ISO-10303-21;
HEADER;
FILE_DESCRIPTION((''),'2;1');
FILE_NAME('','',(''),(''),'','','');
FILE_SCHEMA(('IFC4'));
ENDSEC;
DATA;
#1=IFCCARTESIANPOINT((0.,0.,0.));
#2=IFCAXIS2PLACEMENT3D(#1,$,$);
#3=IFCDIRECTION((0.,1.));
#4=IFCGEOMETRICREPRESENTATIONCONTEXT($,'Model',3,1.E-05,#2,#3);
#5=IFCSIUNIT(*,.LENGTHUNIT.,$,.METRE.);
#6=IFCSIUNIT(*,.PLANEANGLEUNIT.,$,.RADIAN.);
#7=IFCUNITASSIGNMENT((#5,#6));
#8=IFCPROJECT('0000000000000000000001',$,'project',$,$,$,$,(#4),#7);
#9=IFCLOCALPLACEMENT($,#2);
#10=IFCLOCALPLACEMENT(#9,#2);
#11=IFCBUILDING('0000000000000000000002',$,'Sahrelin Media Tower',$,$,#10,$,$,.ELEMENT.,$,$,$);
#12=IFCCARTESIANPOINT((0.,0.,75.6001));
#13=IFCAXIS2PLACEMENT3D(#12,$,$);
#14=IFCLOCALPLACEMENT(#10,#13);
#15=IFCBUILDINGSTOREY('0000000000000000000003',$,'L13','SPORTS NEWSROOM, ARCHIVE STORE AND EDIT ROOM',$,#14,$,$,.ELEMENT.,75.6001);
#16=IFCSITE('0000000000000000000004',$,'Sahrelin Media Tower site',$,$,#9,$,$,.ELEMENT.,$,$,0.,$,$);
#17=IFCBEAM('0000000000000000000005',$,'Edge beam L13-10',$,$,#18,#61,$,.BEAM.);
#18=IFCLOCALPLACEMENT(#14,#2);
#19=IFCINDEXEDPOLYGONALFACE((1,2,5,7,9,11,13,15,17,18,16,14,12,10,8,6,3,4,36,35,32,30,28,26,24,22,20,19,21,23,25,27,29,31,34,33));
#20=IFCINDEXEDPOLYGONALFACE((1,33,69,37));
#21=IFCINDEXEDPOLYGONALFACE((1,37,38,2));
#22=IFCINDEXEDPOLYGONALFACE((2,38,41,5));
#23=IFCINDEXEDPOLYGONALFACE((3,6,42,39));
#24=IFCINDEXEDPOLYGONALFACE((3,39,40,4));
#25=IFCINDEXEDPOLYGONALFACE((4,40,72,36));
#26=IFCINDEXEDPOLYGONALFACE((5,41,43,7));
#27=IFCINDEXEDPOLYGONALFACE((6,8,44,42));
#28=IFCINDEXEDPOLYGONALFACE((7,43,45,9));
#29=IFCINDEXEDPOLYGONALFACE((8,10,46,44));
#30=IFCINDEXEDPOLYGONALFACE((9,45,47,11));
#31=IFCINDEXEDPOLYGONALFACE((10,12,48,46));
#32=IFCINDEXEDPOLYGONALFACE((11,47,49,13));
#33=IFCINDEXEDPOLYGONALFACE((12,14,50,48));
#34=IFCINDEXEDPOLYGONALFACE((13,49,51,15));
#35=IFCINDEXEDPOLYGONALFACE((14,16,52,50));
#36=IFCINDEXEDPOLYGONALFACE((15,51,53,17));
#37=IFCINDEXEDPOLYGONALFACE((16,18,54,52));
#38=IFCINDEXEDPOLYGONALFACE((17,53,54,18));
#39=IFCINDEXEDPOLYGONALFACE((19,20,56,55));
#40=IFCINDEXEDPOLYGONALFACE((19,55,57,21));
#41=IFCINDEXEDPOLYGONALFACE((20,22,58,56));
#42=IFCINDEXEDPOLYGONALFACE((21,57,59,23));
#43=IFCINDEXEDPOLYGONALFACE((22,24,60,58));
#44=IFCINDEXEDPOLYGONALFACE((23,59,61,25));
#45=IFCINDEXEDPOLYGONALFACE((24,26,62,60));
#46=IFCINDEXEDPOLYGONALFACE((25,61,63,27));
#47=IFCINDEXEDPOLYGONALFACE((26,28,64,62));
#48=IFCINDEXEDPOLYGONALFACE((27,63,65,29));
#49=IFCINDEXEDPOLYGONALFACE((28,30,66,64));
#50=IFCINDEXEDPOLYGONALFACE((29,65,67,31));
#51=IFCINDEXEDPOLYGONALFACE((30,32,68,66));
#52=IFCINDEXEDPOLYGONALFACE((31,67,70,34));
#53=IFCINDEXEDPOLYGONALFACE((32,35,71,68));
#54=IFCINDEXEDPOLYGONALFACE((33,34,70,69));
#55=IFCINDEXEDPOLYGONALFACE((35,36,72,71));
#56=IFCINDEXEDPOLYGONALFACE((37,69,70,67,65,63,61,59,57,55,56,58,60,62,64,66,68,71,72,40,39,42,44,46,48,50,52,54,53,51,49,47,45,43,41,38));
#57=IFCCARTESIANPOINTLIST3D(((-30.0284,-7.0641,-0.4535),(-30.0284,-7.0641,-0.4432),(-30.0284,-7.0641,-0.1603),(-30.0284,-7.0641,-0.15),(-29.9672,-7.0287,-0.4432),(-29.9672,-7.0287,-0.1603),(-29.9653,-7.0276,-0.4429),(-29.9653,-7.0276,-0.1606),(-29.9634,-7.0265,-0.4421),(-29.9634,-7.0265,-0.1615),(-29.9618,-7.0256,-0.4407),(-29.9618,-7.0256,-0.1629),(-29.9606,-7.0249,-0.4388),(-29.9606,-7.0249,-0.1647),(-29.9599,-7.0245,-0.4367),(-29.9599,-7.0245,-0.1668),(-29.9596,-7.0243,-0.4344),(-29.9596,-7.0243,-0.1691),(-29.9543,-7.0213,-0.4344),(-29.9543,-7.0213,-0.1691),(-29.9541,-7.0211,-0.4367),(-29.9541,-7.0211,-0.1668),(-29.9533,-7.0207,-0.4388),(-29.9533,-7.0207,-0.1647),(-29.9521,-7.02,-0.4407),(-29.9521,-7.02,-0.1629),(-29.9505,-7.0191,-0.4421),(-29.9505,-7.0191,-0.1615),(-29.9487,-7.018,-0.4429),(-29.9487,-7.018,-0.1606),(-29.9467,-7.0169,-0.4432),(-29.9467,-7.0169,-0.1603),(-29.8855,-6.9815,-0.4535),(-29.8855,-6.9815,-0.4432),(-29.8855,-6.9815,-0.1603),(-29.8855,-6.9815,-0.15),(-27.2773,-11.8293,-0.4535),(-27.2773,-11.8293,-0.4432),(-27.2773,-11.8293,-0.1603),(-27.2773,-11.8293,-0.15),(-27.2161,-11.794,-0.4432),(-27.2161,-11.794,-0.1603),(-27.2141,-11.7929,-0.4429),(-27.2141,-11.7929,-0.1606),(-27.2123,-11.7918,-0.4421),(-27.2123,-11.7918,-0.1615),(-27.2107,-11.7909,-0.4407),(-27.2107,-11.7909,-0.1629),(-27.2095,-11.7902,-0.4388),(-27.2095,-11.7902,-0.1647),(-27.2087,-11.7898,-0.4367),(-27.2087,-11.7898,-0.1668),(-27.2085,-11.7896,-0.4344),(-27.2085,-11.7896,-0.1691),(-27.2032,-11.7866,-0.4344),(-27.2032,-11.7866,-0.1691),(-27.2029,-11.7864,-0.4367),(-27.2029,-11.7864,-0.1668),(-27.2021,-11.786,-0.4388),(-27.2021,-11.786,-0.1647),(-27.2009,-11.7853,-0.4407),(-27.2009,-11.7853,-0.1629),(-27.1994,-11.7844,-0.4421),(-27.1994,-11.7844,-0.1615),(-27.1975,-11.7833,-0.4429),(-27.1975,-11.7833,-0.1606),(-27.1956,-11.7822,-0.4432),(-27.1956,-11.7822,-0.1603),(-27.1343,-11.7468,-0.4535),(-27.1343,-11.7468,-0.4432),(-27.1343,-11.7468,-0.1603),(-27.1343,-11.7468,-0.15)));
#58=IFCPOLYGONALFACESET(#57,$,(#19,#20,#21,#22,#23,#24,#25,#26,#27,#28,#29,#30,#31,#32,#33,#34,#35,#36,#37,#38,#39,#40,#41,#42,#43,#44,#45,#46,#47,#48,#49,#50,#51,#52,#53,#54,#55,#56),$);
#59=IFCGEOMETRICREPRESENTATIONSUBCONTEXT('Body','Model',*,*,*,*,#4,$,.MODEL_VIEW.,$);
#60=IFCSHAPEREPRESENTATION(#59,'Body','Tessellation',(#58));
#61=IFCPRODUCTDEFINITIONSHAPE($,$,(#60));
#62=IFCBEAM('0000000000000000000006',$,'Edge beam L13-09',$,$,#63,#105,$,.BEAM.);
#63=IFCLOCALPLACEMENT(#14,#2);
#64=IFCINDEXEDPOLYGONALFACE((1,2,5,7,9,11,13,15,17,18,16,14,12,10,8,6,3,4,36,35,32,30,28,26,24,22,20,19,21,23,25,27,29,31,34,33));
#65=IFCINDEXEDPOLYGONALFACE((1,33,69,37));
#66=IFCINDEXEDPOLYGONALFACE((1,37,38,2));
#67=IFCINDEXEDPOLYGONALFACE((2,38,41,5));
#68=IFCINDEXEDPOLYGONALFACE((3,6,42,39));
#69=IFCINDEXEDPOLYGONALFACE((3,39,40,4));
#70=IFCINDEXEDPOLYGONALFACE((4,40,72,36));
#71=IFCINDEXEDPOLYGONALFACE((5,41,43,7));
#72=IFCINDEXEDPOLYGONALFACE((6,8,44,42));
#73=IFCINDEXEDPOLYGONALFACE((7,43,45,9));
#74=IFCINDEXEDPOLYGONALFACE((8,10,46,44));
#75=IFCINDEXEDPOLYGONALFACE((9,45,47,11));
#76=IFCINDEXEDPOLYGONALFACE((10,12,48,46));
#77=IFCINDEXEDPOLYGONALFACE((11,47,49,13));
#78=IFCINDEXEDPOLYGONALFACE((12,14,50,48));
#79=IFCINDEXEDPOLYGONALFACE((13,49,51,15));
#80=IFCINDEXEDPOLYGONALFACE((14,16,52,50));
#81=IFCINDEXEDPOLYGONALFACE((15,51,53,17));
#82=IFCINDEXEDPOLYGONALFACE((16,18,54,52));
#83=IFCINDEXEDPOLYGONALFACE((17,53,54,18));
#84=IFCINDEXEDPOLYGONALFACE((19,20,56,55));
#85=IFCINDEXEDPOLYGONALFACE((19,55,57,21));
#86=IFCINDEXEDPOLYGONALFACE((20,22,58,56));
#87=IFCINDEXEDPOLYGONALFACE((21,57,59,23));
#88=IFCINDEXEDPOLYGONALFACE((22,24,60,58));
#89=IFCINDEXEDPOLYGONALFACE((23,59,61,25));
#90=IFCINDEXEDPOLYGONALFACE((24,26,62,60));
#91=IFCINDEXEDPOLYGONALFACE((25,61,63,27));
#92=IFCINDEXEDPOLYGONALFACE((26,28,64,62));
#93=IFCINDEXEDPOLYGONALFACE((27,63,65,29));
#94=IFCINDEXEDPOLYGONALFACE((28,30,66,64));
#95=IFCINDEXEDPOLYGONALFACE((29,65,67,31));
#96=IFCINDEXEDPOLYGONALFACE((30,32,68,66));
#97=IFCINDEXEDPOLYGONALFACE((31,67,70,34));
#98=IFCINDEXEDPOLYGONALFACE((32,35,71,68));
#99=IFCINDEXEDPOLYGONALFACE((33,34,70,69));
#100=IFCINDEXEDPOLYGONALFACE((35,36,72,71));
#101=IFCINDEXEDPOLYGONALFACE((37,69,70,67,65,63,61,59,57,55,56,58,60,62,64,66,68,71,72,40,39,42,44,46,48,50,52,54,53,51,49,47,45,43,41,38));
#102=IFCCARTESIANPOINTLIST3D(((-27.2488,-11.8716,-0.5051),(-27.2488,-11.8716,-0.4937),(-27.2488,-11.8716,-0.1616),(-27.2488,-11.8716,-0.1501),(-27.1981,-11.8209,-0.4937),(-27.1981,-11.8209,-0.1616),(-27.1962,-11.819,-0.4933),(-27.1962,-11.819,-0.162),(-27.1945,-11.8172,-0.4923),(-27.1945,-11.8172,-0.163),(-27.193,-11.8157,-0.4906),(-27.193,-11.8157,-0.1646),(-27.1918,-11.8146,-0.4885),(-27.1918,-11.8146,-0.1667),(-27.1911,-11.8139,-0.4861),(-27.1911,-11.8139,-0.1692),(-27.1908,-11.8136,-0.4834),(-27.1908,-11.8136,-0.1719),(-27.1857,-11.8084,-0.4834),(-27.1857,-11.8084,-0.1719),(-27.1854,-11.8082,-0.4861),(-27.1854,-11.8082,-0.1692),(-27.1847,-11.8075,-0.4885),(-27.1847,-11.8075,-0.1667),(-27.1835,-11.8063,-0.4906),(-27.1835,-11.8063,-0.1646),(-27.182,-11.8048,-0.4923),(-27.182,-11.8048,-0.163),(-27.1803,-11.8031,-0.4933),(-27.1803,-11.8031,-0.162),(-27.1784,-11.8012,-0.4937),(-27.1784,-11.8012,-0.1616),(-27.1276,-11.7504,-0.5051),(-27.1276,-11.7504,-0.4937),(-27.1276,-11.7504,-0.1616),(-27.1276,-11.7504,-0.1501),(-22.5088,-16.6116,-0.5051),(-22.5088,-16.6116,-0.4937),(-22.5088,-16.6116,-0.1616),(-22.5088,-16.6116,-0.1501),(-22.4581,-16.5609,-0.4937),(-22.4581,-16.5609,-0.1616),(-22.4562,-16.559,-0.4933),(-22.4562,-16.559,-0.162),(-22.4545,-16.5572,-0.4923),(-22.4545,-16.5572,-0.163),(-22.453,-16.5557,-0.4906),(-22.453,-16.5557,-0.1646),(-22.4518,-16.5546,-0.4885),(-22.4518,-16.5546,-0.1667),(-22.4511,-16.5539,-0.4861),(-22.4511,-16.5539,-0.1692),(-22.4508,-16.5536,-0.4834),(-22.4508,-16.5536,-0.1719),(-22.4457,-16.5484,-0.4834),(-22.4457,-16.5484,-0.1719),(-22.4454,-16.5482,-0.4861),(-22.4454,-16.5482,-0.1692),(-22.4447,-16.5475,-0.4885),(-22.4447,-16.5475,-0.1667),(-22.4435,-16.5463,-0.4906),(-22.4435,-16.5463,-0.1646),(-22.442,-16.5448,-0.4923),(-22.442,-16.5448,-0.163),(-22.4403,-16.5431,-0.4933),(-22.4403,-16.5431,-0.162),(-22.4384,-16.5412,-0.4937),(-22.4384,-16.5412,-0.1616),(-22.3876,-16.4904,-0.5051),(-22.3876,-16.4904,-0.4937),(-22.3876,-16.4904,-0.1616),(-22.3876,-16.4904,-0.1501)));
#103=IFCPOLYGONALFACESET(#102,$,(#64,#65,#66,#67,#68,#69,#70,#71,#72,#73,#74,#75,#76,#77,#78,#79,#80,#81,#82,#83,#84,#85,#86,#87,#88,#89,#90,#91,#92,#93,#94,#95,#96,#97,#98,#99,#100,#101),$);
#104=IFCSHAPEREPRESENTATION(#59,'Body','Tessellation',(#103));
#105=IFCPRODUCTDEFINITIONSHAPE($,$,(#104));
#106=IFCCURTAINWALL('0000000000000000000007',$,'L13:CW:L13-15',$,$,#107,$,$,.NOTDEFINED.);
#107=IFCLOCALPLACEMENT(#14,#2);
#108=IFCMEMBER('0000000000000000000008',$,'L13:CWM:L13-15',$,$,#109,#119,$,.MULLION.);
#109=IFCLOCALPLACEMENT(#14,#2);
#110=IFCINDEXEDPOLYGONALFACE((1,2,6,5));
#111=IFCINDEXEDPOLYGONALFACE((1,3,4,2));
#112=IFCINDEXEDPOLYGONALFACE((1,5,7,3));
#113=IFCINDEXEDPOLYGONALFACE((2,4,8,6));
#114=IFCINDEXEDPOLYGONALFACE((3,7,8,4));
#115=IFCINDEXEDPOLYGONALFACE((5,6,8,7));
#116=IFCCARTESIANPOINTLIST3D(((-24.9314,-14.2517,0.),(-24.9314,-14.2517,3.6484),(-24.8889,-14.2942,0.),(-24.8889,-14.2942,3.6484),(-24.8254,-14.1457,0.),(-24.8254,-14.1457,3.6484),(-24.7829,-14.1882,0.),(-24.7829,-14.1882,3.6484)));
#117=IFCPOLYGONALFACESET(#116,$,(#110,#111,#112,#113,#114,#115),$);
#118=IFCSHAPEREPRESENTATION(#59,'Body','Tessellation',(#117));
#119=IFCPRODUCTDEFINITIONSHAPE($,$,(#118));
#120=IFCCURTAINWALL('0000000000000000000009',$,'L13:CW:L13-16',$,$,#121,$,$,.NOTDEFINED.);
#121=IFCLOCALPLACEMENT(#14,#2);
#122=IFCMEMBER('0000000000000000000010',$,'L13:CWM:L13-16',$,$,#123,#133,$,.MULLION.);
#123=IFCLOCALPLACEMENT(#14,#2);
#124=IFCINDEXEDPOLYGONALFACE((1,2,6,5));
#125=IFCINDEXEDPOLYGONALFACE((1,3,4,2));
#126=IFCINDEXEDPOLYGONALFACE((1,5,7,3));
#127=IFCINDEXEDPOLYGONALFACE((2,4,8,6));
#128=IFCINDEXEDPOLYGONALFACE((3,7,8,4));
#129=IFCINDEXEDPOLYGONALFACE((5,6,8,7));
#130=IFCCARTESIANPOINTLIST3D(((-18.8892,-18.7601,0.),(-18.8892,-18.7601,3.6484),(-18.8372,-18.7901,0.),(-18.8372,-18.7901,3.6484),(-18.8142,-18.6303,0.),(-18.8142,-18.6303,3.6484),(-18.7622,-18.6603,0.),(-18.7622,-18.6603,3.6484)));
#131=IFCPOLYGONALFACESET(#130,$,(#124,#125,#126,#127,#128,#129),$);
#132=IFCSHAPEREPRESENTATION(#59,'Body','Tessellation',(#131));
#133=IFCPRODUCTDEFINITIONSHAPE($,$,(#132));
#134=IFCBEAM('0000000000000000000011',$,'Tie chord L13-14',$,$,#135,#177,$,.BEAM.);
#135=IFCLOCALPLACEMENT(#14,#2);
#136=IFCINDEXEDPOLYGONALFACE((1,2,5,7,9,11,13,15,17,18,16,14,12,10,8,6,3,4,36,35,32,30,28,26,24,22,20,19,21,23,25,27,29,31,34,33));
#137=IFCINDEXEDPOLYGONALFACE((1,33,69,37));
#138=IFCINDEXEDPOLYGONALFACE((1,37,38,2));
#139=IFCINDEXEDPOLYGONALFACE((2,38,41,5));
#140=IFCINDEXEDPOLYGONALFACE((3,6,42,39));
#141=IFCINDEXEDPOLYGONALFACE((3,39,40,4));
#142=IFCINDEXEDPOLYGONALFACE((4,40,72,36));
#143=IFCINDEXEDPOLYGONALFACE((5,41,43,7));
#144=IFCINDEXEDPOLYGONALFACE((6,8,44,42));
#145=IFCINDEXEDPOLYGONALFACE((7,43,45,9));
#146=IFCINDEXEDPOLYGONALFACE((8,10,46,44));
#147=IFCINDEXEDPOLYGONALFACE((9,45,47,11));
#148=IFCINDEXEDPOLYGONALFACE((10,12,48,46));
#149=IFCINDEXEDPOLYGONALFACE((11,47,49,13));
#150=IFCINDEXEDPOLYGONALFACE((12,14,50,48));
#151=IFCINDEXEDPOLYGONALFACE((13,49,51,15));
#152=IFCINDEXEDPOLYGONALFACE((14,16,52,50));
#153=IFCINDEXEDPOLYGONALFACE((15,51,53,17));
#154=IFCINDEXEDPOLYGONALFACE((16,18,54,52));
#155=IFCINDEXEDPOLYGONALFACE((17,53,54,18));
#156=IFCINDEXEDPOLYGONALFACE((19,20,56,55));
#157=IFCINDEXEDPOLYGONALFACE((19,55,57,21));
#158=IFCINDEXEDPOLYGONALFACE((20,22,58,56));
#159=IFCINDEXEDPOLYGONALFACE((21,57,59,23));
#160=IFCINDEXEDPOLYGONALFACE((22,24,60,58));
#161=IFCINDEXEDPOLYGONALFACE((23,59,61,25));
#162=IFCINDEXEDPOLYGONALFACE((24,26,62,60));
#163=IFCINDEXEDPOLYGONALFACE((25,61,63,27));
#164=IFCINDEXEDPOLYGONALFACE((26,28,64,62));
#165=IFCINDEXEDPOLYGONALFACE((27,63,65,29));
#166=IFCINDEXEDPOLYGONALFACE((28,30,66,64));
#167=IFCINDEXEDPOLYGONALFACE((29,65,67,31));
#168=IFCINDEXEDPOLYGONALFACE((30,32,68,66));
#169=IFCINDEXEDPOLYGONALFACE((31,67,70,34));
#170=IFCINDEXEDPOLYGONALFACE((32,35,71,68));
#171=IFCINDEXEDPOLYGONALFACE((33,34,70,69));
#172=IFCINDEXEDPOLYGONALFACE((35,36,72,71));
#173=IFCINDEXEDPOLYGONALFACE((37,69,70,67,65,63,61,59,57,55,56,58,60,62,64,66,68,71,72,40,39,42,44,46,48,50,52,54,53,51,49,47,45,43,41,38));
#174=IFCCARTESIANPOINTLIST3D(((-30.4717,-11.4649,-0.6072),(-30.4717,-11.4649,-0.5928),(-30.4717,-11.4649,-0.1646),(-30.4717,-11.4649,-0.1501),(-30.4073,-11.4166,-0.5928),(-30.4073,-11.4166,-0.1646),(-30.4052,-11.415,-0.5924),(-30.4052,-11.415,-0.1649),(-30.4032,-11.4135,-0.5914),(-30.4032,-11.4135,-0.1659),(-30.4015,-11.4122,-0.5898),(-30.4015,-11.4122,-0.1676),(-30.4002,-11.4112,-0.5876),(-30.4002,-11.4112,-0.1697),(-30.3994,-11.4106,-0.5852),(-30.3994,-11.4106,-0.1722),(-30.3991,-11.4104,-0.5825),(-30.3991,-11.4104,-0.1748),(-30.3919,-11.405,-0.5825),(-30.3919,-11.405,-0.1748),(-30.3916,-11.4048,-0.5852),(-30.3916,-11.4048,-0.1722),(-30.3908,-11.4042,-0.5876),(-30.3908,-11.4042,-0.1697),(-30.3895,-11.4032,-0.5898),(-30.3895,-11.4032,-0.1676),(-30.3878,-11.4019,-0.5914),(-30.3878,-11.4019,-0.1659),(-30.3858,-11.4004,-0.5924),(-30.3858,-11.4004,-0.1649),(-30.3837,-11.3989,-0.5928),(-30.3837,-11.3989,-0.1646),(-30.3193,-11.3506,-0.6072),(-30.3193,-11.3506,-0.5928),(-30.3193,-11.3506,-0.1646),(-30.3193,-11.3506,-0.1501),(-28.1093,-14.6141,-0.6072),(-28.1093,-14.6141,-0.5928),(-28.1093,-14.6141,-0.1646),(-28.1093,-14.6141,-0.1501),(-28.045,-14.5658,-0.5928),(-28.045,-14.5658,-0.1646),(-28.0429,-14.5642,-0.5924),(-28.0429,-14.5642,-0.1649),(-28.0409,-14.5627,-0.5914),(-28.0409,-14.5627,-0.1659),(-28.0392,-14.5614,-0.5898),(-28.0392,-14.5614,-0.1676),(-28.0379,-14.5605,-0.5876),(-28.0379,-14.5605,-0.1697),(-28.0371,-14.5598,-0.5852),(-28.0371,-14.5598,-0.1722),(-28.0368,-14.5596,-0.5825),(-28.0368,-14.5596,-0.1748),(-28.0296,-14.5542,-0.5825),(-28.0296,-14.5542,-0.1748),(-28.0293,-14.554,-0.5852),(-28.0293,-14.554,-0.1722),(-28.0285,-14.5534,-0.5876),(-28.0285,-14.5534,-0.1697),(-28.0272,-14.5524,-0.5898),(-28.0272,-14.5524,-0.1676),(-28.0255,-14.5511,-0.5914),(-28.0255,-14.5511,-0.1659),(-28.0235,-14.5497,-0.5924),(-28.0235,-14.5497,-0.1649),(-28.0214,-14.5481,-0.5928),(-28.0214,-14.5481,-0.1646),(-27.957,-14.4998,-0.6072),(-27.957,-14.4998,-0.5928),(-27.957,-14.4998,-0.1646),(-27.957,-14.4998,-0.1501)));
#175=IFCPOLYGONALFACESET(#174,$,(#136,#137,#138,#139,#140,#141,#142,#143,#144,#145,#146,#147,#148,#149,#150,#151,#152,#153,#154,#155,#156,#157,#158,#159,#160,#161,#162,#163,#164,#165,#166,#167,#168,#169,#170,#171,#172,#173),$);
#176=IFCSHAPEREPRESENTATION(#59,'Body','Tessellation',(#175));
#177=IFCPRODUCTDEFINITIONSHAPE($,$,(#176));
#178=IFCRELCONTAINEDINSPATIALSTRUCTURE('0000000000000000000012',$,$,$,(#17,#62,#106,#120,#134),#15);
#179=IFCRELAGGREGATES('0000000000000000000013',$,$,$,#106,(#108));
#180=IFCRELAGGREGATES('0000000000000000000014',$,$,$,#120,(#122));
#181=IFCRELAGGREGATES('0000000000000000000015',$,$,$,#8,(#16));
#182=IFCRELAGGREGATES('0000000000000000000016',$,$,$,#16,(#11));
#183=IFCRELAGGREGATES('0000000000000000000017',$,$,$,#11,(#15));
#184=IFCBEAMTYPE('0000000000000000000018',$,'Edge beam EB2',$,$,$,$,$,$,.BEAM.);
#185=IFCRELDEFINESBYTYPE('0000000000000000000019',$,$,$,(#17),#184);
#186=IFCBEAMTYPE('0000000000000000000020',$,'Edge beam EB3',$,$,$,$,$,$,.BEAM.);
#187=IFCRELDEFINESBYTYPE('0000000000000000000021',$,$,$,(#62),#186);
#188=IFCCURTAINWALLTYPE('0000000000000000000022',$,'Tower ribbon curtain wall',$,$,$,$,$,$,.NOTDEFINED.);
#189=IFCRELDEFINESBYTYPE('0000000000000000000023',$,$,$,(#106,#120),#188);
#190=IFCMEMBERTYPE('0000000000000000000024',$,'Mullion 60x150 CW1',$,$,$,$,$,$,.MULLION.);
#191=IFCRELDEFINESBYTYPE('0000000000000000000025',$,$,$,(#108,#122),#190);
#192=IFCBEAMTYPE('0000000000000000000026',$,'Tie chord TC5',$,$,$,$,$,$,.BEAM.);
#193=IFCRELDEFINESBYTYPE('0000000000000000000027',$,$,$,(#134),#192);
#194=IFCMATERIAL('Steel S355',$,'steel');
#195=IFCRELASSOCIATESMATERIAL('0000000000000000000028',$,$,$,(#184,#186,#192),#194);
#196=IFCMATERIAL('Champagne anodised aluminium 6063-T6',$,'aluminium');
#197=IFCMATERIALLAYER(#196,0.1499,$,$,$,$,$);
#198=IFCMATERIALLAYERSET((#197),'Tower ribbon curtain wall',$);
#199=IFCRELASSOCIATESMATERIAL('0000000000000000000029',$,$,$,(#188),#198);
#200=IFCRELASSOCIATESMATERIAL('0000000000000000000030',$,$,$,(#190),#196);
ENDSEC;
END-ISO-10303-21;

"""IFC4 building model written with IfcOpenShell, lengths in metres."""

from ifc_helpers import new_model, si_unit, direction, frame, origin, origin_2d, place, context, subcontext, project, spatial, rectangle, i_section, extrude, material, layer, layer_set, material_profile, profile_set, type_object, element, aggregate, save


model = new_model("IFC4")

# Units and contexts
model_context = context("Model", 3, precision=1e-05, world=origin(), true_north=direction((0.0, 1.0)))
body_context = subcontext(model_context, "Body", "Model", "MODEL_VIEW")
ifc_project = project(units=[si_unit("LENGTHUNIT", "METRE"), si_unit("PLANEANGLEUNIT", "RADIAN")], contexts=[model_context])

# Site, building, storey
site_placement = place(None, origin())
site = spatial("IfcSite", under=ifc_project, at=site_placement, Name="Sahrelin Media Tower site", CompositionType="ELEMENT", RefElevation=0.0)
building_placement = place(site_placement, origin())
building = spatial("IfcBuilding", under=site, at=building_placement, Name="Sahrelin Media Tower", CompositionType="ELEMENT")
storey_placement = place(building_placement, frame((0.0, 0.0, 75.6001)))
storey = spatial("IfcBuildingStorey", under=building, at=storey_placement, Name="L13", Description="SPORTS NEWSROOM, ARCHIVE STORE AND EDIT ROOM", CompositionType="ELEMENT", Elevation=75.6001)

# Beams
ifc_material_1 = material(Name="Steel S355", Category="steel")
ifc_material_profile_1 = material_profile(ifc_material_1, i_section(OverallWidth=0.165, OverallDepth=0.3035, WebThickness=0.0061, FlangeThickness=0.0103, FilletRadius=0.0088, at=origin_2d()), Name="UB 305x165x40")
ifc_profile_set_1 = profile_set([ifc_material_profile_1], Name="Steel S355")
beam_type_1 = type_object("IfcBeamType", Name="Edge beam EB2", PredefinedType="BEAM", material=ifc_profile_set_1)
beam_1_placement = place(storey_placement, frame((-27.2058, -11.7881, -0.3018), z_axis=(-0.49999, 0.866031, 0.0), x_axis=(-0.866031, -0.49999, 0.0)))
element("IfcBeam", 1, at=beam_1_placement, inside=storey, type_object=beam_type_1, Name="Edge beam L13-10", PredefinedType="BEAM", context=body_context, shape_type="SweptSolid", body=[
    extrude(i_section(OverallWidth=0.165, OverallDepth=0.3035, WebThickness=0.0061, FlangeThickness=0.0103, FilletRadius=0.0088, at=origin_2d()), origin(), (0.0, 0.0, 1.0), 5.5024),
])
ifc_material_profile_2 = material_profile(ifc_material_1, i_section(OverallWidth=0.1714, OverallDepth=0.355, WebThickness=0.0073, FlangeThickness=0.0115, FilletRadius=0.0103, at=origin_2d()), Name="UB 356x171x51")
ifc_profile_set_2 = profile_set([ifc_material_profile_2], Name="Steel S355")
beam_type_2 = type_object("IfcBeamType", Name="Edge beam EB3", PredefinedType="BEAM", material=ifc_profile_set_2)
beam_2_placement = place(storey_placement, frame((-22.4482, -16.551, -0.3276), z_axis=(-0.707107, 0.707107, 0.0), x_axis=(-0.707107, -0.707107, 0.0)))
element("IfcBeam", 2, at=beam_2_placement, inside=storey, type_object=beam_type_2, Name="Edge beam L13-09", PredefinedType="BEAM", context=body_context, shape_type="SweptSolid", body=[
    extrude(i_section(OverallWidth=0.1714, OverallDepth=0.355, WebThickness=0.0073, FlangeThickness=0.0115, FilletRadius=0.0103, at=origin_2d()), origin(), (0.0, 0.0, 1.0), 6.7034),
])

# Curtain walls, members
ifc_material_2 = material(Name="Champagne anodised aluminium 6063-T6", Category="aluminium")
ifc_layer_1 = layer(ifc_material_2, 0.1499)
ifc_layer_set_1 = layer_set([ifc_layer_1], Name="Tower ribbon curtain wall")
curtain_wall_type = type_object("IfcCurtainWallType", Name="Tower ribbon curtain wall", PredefinedType="NOTDEFINED", material=ifc_layer_set_1)
curtain_wall_1_placement = place(storey_placement, frame((-24.9243, -14.2871, 0.0), z_axis=(0.0, 0.0, 1.0), x_axis=(1.0, 0.0, 0.0)))
curtain_wall_1 = element("IfcCurtainWall", 3, at=curtain_wall_1_placement, inside=storey, type_object=curtain_wall_type, Name="L13:CW:L13-15", PredefinedType="NOTDEFINED")
ifc_material_profile_3 = material_profile(ifc_material_2, rectangle(XDim=0.0601, YDim=0.1499, at=origin_2d()), Name="Mullion 60x150")
ifc_profile_set_3 = profile_set([ifc_material_profile_3], Name="Champagne anodised aluminium 6063-T6")
member_type_1 = type_object("IfcMemberType", Name="Mullion 60x150 CW1", PredefinedType="MULLION", material=ifc_profile_set_3)
member_1_placement = place(storey_placement, frame((-24.8572, -14.22, 0.0), z_axis=(0.0, 0.0, 1.0), x_axis=(0.707107, -0.707107, 0.0)))
member_1 = element("IfcMember", 4, at=member_1_placement, type_object=member_type_1, Name="L13:CWM:L13-15", PredefinedType="MULLION", context=body_context, shape_type="SweptSolid", body=[
    extrude(rectangle(XDim=0.0601, YDim=0.1499, at=origin_2d()), origin(), (0.0, 0.0, 1.0), 3.6484),
])
curtain_wall_2_placement = place(storey_placement, frame((-18.8733, -18.7925, 0.0), z_axis=(0.0, 0.0, 1.0), x_axis=(1.0, 0.0, 0.0)))
curtain_wall_2 = element("IfcCurtainWall", 5, at=curtain_wall_2_placement, inside=storey, type_object=curtain_wall_type, Name="L13:CW:L13-16", PredefinedType="NOTDEFINED")
member_2_placement = place(storey_placement, frame((-18.8257, -18.7102, 0.0), z_axis=(0.0, 0.0, 1.0), x_axis=(0.866023, -0.500005, 0.0)))
member_2 = element("IfcMember", 6, at=member_2_placement, type_object=member_type_1, Name="L13:CWM:L13-16", PredefinedType="MULLION", context=body_context, shape_type="SweptSolid", body=[
    extrude(rectangle(XDim=0.0601, YDim=0.1499, at=origin_2d()), origin(), (0.0, 0.0, 1.0), 3.6484),
])

# Beam
ifc_material_profile_4 = material_profile(ifc_material_1, i_section(OverallWidth=0.1904, OverallDepth=0.457, WebThickness=0.009, FlangeThickness=0.0144, FilletRadius=0.0103, at=origin_2d()), Name="UB 457x191x74")
ifc_profile_set_4 = profile_set([ifc_material_profile_4], Name="Steel S355")
beam_type_3 = type_object("IfcBeamType", Name="Tie chord TC5", PredefinedType="BEAM", material=ifc_profile_set_4)
beam_3_placement = place(storey_placement, frame((-30.3955, -11.4077, -0.3787), z_axis=(0.600069, -0.799948, 0.0), x_axis=(0.799948, 0.600069, 0.0)))
element("IfcBeam", 7, at=beam_3_placement, inside=storey, type_object=beam_type_3, Name="Tie chord L13-14", PredefinedType="BEAM", context=body_context, shape_type="SweptSolid", body=[
    extrude(i_section(OverallWidth=0.1904, OverallDepth=0.457, WebThickness=0.009, FlangeThickness=0.0144, FilletRadius=0.0103, at=origin_2d()), origin(), (0.0, 0.0, 1.0), 3.9368),
])

aggregate(curtain_wall_1, [member_1])
aggregate(curtain_wall_2, [member_2])

save(model, "model.ifc")
